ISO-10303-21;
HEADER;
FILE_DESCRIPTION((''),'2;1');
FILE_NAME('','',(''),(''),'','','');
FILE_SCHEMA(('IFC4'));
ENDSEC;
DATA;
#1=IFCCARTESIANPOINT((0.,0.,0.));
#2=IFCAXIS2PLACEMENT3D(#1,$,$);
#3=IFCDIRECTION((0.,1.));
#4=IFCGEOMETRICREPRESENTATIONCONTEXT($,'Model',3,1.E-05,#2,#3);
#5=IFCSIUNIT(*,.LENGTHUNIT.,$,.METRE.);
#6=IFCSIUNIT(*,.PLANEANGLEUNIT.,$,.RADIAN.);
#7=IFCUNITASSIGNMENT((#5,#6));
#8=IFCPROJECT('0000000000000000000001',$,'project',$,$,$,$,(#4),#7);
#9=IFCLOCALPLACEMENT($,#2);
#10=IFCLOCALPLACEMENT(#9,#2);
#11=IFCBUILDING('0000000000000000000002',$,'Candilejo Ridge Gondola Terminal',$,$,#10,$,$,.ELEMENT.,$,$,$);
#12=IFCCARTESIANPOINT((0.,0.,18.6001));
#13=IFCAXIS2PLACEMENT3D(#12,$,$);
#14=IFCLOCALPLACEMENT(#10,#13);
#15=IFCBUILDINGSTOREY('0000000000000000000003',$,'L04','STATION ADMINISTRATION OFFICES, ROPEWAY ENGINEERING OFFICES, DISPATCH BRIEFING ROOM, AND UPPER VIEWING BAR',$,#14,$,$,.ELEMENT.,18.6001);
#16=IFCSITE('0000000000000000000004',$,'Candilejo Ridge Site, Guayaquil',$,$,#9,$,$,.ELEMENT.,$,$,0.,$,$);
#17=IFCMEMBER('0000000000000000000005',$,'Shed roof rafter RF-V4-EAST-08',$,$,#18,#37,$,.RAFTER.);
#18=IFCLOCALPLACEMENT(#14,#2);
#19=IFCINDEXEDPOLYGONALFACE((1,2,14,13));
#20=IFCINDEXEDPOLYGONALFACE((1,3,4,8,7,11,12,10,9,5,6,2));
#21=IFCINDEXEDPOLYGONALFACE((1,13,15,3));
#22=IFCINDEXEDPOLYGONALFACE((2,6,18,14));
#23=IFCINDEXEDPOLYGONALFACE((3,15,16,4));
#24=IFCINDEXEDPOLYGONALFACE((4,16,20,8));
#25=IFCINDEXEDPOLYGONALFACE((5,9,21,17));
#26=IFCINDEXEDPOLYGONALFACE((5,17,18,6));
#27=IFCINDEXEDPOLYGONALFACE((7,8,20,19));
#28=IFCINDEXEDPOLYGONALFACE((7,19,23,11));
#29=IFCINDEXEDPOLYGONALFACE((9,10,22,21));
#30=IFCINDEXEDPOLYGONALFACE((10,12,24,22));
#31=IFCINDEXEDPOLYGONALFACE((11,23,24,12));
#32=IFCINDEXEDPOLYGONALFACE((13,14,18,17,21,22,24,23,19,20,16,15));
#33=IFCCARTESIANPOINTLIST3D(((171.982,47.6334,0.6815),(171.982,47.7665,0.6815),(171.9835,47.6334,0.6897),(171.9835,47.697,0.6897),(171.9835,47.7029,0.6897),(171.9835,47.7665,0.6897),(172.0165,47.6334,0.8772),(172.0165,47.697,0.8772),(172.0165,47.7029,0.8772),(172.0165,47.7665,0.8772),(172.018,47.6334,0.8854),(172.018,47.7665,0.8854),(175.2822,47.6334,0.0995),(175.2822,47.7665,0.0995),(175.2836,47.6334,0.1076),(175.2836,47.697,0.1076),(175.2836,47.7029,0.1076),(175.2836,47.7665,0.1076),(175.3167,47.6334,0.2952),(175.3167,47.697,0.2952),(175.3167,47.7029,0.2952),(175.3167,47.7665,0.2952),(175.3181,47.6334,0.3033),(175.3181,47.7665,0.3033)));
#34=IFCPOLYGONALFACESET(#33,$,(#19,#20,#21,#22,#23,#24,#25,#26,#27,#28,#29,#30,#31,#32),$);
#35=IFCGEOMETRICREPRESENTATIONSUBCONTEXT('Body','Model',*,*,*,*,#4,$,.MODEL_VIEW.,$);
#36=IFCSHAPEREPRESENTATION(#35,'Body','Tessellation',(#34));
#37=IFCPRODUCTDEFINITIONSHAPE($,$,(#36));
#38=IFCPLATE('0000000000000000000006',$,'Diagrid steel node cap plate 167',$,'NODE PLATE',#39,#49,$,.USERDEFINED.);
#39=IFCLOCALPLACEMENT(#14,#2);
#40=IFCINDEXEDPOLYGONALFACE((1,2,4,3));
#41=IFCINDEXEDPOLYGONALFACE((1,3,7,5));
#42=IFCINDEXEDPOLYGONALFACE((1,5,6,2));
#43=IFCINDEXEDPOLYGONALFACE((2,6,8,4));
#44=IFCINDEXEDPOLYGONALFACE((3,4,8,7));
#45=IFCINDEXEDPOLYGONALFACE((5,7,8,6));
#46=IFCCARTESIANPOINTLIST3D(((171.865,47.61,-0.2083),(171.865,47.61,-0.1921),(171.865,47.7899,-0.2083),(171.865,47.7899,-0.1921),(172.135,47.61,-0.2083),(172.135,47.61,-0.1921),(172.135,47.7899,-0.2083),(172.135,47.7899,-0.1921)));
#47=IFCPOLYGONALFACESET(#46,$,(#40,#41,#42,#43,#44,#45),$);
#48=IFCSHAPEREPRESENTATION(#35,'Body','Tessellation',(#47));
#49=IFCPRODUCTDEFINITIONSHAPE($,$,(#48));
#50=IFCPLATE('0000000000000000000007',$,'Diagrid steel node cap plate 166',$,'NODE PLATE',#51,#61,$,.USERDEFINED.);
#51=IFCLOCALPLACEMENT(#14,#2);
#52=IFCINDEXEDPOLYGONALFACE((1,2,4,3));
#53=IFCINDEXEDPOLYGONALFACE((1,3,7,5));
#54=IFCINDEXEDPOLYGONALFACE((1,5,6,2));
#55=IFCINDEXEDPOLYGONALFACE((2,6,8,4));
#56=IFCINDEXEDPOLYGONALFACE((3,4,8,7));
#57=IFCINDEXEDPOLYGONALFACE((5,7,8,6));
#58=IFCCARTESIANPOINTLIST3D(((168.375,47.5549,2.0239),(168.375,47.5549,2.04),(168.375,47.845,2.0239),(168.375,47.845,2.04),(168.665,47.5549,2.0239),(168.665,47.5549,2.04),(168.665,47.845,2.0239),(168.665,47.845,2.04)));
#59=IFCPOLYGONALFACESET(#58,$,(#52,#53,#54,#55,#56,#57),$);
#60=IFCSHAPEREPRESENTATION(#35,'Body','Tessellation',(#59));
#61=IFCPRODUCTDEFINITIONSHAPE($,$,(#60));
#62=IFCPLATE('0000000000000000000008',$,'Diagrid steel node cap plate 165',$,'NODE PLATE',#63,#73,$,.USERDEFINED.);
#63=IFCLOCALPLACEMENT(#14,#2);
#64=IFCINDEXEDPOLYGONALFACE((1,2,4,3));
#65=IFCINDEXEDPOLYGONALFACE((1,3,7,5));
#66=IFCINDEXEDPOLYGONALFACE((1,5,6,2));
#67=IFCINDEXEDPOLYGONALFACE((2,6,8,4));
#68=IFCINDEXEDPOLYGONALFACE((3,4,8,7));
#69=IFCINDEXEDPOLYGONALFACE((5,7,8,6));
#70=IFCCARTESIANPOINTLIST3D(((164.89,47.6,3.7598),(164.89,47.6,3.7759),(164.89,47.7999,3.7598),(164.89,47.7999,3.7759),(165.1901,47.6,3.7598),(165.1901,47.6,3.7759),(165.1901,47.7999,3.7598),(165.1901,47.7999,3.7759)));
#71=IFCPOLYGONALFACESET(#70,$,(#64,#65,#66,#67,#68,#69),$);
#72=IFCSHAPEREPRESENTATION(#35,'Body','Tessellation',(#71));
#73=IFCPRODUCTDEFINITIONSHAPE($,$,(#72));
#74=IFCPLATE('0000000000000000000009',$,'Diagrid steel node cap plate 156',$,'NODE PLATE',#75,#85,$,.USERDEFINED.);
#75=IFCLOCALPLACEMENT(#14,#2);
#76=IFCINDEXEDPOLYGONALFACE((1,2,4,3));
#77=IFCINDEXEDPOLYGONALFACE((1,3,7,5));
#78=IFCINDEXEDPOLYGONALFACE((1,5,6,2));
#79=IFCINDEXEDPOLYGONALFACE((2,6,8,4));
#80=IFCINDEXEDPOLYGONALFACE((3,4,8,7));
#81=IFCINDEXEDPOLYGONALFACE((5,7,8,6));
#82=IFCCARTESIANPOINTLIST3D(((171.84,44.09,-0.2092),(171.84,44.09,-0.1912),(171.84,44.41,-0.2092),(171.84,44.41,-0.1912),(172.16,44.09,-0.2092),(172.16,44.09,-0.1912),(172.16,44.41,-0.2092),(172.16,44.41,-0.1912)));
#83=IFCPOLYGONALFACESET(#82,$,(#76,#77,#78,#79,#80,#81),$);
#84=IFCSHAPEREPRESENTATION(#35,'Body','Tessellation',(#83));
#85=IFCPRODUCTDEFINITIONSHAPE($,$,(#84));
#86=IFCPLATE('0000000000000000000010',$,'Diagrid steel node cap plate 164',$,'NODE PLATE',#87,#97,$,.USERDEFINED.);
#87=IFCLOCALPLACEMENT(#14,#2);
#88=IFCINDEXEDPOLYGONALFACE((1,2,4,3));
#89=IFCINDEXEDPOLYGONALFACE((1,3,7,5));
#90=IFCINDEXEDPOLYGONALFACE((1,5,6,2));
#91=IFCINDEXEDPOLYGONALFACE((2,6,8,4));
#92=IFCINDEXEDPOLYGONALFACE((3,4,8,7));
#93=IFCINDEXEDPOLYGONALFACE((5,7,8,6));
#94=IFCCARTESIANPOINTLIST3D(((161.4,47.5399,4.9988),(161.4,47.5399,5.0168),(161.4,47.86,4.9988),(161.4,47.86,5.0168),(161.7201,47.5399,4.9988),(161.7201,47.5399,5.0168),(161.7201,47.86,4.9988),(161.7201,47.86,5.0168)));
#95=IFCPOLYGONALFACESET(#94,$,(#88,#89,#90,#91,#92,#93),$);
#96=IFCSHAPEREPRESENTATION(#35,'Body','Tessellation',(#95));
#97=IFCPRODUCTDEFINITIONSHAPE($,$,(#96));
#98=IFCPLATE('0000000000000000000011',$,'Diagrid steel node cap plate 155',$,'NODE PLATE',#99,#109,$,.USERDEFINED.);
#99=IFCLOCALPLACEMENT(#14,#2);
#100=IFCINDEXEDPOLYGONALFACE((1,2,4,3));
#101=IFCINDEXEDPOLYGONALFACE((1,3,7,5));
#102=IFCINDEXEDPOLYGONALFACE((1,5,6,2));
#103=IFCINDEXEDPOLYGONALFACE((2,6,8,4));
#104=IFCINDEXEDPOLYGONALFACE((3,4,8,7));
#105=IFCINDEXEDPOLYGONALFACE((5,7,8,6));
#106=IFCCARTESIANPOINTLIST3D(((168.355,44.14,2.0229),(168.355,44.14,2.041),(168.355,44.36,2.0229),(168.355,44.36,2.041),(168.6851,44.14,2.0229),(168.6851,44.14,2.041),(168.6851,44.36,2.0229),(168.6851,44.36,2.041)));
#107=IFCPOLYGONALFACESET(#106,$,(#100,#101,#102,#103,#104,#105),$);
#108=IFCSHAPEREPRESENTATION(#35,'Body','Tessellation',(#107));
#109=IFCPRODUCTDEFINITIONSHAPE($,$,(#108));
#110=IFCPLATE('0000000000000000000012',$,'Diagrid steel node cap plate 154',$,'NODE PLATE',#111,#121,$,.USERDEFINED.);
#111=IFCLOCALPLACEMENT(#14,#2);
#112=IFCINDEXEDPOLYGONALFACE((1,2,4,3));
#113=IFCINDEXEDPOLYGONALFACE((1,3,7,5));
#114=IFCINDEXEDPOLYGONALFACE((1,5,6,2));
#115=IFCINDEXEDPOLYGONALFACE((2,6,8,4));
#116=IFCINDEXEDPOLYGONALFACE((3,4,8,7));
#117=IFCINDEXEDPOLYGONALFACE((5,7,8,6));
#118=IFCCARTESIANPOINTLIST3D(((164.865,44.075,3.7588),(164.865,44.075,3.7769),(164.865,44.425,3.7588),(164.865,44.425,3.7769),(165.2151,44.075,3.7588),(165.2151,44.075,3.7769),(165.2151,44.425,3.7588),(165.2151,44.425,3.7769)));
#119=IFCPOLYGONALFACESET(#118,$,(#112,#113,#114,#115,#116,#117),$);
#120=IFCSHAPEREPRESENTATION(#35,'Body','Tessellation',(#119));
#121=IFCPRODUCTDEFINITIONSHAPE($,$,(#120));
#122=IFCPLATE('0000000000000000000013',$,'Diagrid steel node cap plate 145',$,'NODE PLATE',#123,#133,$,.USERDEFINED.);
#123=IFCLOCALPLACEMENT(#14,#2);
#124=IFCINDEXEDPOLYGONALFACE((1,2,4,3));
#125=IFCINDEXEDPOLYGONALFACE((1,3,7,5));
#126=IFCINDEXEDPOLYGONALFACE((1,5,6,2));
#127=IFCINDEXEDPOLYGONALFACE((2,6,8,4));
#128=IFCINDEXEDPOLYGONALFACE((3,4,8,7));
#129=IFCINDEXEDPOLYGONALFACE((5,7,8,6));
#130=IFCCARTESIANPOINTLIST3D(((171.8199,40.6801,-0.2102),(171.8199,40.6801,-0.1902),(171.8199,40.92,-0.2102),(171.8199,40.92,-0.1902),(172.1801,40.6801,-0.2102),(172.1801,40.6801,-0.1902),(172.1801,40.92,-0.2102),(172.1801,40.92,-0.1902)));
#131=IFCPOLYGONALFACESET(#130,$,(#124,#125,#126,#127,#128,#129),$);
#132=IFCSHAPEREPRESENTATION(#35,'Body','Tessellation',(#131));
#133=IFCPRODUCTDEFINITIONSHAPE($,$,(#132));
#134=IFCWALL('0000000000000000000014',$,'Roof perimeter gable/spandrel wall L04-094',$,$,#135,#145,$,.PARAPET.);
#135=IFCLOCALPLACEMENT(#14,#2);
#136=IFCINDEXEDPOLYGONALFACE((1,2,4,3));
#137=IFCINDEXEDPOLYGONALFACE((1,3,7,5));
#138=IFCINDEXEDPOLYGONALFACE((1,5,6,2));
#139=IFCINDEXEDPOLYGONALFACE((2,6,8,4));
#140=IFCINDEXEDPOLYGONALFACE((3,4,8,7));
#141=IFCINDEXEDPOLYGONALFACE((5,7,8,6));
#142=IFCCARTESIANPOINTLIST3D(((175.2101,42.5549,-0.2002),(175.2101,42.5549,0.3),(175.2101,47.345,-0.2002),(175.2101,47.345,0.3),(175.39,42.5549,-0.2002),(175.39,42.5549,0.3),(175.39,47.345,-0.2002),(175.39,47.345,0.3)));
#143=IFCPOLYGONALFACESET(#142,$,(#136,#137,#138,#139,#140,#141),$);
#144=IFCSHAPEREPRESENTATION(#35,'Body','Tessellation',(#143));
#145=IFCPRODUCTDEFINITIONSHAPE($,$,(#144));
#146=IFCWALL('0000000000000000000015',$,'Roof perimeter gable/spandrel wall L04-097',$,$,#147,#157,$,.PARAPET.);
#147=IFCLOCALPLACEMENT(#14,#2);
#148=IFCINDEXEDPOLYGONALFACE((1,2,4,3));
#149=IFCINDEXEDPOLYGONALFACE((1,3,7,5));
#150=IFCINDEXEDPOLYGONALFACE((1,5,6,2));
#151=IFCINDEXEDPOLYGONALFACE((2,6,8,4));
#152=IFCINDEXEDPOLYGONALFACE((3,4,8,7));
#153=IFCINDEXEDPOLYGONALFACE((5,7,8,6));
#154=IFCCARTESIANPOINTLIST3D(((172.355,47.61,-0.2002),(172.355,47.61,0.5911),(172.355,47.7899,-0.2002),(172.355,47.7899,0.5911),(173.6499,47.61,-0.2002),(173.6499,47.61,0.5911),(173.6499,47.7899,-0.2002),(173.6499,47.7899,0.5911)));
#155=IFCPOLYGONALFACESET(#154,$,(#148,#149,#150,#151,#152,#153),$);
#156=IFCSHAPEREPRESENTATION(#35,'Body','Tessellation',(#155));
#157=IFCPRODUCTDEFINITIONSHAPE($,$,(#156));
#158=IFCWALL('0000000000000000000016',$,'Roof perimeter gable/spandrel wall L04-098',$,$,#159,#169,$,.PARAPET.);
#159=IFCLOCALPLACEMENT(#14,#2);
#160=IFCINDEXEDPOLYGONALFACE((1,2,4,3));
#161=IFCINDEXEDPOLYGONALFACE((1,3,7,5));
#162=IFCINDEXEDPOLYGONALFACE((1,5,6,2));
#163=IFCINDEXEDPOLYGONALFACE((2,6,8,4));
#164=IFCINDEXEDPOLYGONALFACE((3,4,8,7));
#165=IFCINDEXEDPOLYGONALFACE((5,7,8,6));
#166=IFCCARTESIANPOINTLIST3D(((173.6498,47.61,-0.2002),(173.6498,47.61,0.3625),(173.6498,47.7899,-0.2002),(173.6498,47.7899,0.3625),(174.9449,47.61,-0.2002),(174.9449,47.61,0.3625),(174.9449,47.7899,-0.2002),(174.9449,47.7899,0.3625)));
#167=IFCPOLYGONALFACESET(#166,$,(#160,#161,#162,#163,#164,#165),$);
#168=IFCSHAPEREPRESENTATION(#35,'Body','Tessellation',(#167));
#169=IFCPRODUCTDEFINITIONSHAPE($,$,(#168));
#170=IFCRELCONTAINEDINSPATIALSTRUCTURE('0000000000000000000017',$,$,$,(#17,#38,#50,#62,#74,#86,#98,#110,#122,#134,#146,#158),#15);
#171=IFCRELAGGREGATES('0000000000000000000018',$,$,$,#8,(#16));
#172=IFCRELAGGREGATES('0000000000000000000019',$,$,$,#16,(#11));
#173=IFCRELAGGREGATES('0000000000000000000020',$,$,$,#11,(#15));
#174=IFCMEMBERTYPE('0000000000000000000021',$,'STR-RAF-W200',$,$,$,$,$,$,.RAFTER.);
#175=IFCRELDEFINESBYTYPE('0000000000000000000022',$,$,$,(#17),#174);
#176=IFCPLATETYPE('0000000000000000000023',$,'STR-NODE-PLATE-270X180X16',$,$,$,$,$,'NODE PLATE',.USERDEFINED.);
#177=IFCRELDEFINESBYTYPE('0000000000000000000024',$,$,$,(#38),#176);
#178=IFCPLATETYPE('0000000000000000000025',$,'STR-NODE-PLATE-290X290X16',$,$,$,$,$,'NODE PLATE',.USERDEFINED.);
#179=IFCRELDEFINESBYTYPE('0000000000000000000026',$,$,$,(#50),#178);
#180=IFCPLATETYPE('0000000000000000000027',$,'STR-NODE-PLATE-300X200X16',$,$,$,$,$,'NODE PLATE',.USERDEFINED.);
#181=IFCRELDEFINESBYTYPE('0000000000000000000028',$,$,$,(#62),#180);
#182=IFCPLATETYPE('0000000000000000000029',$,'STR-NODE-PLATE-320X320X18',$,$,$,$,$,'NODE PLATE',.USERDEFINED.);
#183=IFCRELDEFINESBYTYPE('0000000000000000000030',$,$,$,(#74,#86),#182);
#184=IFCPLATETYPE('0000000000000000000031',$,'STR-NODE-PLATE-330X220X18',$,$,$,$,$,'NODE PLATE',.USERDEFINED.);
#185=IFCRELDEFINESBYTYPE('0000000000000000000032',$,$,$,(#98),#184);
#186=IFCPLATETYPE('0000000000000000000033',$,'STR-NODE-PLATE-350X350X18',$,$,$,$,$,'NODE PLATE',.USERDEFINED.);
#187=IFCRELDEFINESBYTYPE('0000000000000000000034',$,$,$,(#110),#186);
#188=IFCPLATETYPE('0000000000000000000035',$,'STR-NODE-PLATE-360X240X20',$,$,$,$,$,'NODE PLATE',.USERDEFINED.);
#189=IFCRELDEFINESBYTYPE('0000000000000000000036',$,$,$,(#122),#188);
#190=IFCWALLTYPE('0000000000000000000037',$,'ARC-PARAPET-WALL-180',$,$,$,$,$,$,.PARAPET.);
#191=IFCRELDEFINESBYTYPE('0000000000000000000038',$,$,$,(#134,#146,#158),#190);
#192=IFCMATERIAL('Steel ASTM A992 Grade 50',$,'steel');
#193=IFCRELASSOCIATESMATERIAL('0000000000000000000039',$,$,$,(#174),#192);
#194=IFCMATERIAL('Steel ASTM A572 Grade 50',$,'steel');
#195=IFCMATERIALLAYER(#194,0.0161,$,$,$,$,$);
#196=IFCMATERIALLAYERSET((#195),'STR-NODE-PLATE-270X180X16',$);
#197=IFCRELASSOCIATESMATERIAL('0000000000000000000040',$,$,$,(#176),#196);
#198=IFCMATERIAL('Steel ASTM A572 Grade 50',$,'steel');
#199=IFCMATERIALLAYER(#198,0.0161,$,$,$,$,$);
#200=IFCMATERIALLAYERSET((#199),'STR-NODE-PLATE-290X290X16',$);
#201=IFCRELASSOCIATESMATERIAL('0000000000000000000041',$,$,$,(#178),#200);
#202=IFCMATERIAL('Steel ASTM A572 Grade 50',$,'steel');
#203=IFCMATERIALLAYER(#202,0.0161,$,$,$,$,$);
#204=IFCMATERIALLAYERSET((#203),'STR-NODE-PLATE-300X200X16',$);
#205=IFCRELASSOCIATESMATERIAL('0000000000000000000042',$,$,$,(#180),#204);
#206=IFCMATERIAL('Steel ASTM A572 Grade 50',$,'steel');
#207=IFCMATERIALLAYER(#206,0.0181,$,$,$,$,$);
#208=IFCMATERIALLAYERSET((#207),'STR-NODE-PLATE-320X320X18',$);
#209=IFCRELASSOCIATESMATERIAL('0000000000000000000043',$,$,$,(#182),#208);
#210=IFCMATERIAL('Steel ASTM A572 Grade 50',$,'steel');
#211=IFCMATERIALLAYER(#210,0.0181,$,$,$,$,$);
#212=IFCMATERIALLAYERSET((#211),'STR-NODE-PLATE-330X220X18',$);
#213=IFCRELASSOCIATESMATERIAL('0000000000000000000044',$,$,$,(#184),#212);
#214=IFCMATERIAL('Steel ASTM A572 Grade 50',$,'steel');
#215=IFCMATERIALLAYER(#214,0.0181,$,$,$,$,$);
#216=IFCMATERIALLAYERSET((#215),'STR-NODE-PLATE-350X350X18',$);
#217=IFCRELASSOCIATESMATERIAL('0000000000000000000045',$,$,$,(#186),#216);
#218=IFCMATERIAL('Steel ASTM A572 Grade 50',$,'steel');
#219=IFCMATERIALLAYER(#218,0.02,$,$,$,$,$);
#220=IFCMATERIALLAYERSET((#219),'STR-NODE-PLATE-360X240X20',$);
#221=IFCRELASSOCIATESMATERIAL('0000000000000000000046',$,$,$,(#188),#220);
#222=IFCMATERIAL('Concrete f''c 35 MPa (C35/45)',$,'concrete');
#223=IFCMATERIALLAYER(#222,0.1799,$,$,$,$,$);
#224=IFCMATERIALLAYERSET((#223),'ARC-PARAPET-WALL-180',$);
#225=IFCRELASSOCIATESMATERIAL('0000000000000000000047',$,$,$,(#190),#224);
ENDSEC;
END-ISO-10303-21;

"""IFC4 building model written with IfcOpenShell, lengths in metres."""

from ifc_helpers import new_model, si_unit, direction, frame, frame_2d, origin, origin_2d, place, context, subcontext, project, spatial, rectangle, i_section, extrude, material, layer, layer_set, material_profile, profile_set, type_object, element, save


model = new_model("IFC4")

# Units and contexts
model_context = context("Model", 3, precision=1e-05, world=origin(), true_north=direction((0.0, 1.0)))
body_context = subcontext(model_context, "Body", "Model", "MODEL_VIEW")
ifc_project = project(units=[si_unit("LENGTHUNIT", "METRE"), si_unit("PLANEANGLEUNIT", "RADIAN")], contexts=[model_context])

# Site, building, storey
site_placement = place(None, origin())
site = spatial("IfcSite", under=ifc_project, at=site_placement, Name="Candilejo Ridge Site, Guayaquil", CompositionType="ELEMENT", RefElevation=0.0)
building_placement = place(site_placement, origin())
building = spatial("IfcBuilding", under=site, at=building_placement, Name="Candilejo Ridge Gondola Terminal", CompositionType="ELEMENT")
storey_placement = place(building_placement, frame((0.0, 0.0, 18.6001)))
storey = spatial("IfcBuildingStorey", under=building, at=storey_placement, Name="L04", Description="STATION ADMINISTRATION OFFICES, ROPEWAY ENGINEERING OFFICES, DISPATCH BRIEFING ROOM, AND UPPER VIEWING BAR", CompositionType="ELEMENT", Elevation=18.6001)

# Member
ifc_material_1 = material(Name="Steel ASTM A992 Grade 50", Category="steel")
ifc_material_profile_1 = material_profile(ifc_material_1, i_section(OverallWidth=0.1331, OverallDepth=0.207, WebThickness=0.0059, FlangeThickness=0.0083, at=origin_2d()))
ifc_profile_set_1 = profile_set([ifc_material_profile_1], Name="Steel ASTM A992 Grade 50")
member_type_1 = type_object("IfcMemberType", Name="STR-RAF-W200", PredefinedType="RAFTER", material=ifc_profile_set_1)
for number, where, z_axis, x_axis, name in (
    (1, (172.0, 47.7, 0.7834), (0.9848, 0.0, -0.17369), (0.0, 1.0, 0.0), "Shed roof rafter RF-V4-EAST-08"),
):
    element("IfcMember", number, at=place(storey_placement, frame(where, z_axis=z_axis, x_axis=x_axis)), inside=storey, type_object=member_type_1, Name=name, PredefinedType="RAFTER", context=body_context, shape_type="SweptSolid", body=[
        extrude(i_section(OverallWidth=0.1331, OverallDepth=0.207, WebThickness=0.0059, FlangeThickness=0.0083, at=origin_2d()), origin(), (0.0, 0.0, 1.0), 3.3511),
    ])

# Plates
ifc_material_2 = material(Name="Steel ASTM A572 Grade 50", Category="steel")
ifc_layer_1 = layer(ifc_material_2, 0.0161)
ifc_layer_set_1 = layer_set([ifc_layer_1], Name="STR-NODE-PLATE-270X180X16")
plate_type_1 = type_object("IfcPlateType", Name="STR-NODE-PLATE-270X180X16", ElementType="NODE PLATE", PredefinedType="USERDEFINED", material=ifc_layer_set_1)
plate_1_placement = place(storey_placement, frame((172.0, 47.7, -0.2083), z_axis=(0.0, 0.0, 1.0), x_axis=(1.0, 0.0, 0.0)))
element("IfcPlate", 2, at=plate_1_placement, inside=storey, type_object=plate_type_1, Name="Diagrid steel node cap plate 167", ObjectType="NODE PLATE", PredefinedType="USERDEFINED", context=body_context, shape_type="SweptSolid", body=[
    extrude(rectangle(XDim=0.27, YDim=0.1799, at=origin_2d()), origin(), (0.0, 0.0, 1.0), 0.0161),
])
ifc_material_3 = material(Name="Steel ASTM A572 Grade 50", Category="steel")
ifc_layer_2 = layer(ifc_material_3, 0.0161)
ifc_layer_set_2 = layer_set([ifc_layer_2], Name="STR-NODE-PLATE-290X290X16")
plate_type_2 = type_object("IfcPlateType", Name="STR-NODE-PLATE-290X290X16", ElementType="NODE PLATE", PredefinedType="USERDEFINED", material=ifc_layer_set_2)
plate_2_placement = place(storey_placement, frame((168.52, 47.7, 2.0239), z_axis=(0.0, 0.0, 1.0), x_axis=(1.0, 0.0, 0.0)))
element("IfcPlate", 3, at=plate_2_placement, inside=storey, type_object=plate_type_2, Name="Diagrid steel node cap plate 166", ObjectType="NODE PLATE", PredefinedType="USERDEFINED", context=body_context, shape_type="SweptSolid", body=[
    extrude(rectangle(XDim=0.29, YDim=0.29, at=origin_2d()), origin(), (0.0, 0.0, 1.0), 0.0161),
])
ifc_material_4 = material(Name="Steel ASTM A572 Grade 50", Category="steel")
ifc_layer_3 = layer(ifc_material_4, 0.0161)
ifc_layer_set_3 = layer_set([ifc_layer_3], Name="STR-NODE-PLATE-300X200X16")
plate_type_3 = type_object("IfcPlateType", Name="STR-NODE-PLATE-300X200X16", ElementType="NODE PLATE", PredefinedType="USERDEFINED", material=ifc_layer_set_3)
plate_3_placement = place(storey_placement, frame((165.04, 47.7, 3.7598), z_axis=(0.0, 0.0, 1.0), x_axis=(1.0, 0.0, 0.0)))
element("IfcPlate", 4, at=plate_3_placement, inside=storey, type_object=plate_type_3, Name="Diagrid steel node cap plate 165", ObjectType="NODE PLATE", PredefinedType="USERDEFINED", context=body_context, shape_type="SweptSolid", body=[
    extrude(rectangle(XDim=0.3, YDim=0.2, at=origin_2d()), origin(), (0.0, 0.0, 1.0), 0.0161),
])
ifc_material_5 = material(Name="Steel ASTM A572 Grade 50", Category="steel")
ifc_layer_4 = layer(ifc_material_5, 0.0181)
ifc_layer_set_4 = layer_set([ifc_layer_4], Name="STR-NODE-PLATE-320X320X18")
plate_type_4 = type_object("IfcPlateType", Name="STR-NODE-PLATE-320X320X18", ElementType="NODE PLATE", PredefinedType="USERDEFINED", material=ifc_layer_set_4)
for number, where, z_axis, x_axis, name in (
    (5, (172.0, 44.25, -0.2092), (0.0, 0.0, 1.0), (1.0, 0.0, 0.0), "Diagrid steel node cap plate 156"),
    (6, (161.5601, 47.7, 4.9988), (0.0, 0.0, 1.0), (1.0, 0.0, 0.0), "Diagrid steel node cap plate 164"),
):
    element("IfcPlate", number, at=place(storey_placement, frame(where, z_axis=z_axis, x_axis=x_axis)), inside=storey, type_object=plate_type_4, Name=name, ObjectType="NODE PLATE", PredefinedType="USERDEFINED", context=body_context, shape_type="SweptSolid", body=[
        extrude(rectangle(XDim=0.3201, YDim=0.3201, at=origin_2d()), origin(), (0.0, 0.0, 1.0), 0.0181),
    ])
ifc_material_6 = material(Name="Steel ASTM A572 Grade 50", Category="steel")
ifc_layer_5 = layer(ifc_material_6, 0.0181)
ifc_layer_set_5 = layer_set([ifc_layer_5], Name="STR-NODE-PLATE-330X220X18")
plate_type_5 = type_object("IfcPlateType", Name="STR-NODE-PLATE-330X220X18", ElementType="NODE PLATE", PredefinedType="USERDEFINED", material=ifc_layer_set_5)
plate_4_placement = place(storey_placement, frame((168.52, 44.25, 2.0229), z_axis=(0.0, 0.0, 1.0), x_axis=(1.0, 0.0, 0.0)))
element("IfcPlate", 7, at=plate_4_placement, inside=storey, type_object=plate_type_5, Name="Diagrid steel node cap plate 155", ObjectType="NODE PLATE", PredefinedType="USERDEFINED", context=body_context, shape_type="SweptSolid", body=[
    extrude(rectangle(XDim=0.3301, YDim=0.22, at=origin_2d()), origin(), (0.0, 0.0, 1.0), 0.0181),
])
ifc_material_7 = material(Name="Steel ASTM A572 Grade 50", Category="steel")
ifc_layer_6 = layer(ifc_material_7, 0.0181)
ifc_layer_set_6 = layer_set([ifc_layer_6], Name="STR-NODE-PLATE-350X350X18")
plate_type_6 = type_object("IfcPlateType", Name="STR-NODE-PLATE-350X350X18", ElementType="NODE PLATE", PredefinedType="USERDEFINED", material=ifc_layer_set_6)
plate_5_placement = place(storey_placement, frame((165.04, 44.25, 3.7588), z_axis=(0.0, 0.0, 1.0), x_axis=(1.0, 0.0, 0.0)))
element("IfcPlate", 8, at=plate_5_placement, inside=storey, type_object=plate_type_6, Name="Diagrid steel node cap plate 154", ObjectType="NODE PLATE", PredefinedType="USERDEFINED", context=body_context, shape_type="SweptSolid", body=[
    extrude(rectangle(XDim=0.3501, YDim=0.3501, at=origin_2d()), origin(), (0.0, 0.0, 1.0), 0.0181),
])
ifc_material_8 = material(Name="Steel ASTM A572 Grade 50", Category="steel")
ifc_layer_7 = layer(ifc_material_8, 0.02)
ifc_layer_set_7 = layer_set([ifc_layer_7], Name="STR-NODE-PLATE-360X240X20")
plate_type_7 = type_object("IfcPlateType", Name="STR-NODE-PLATE-360X240X20", ElementType="NODE PLATE", PredefinedType="USERDEFINED", material=ifc_layer_set_7)
plate_6_placement = place(storey_placement, frame((172.0, 40.8, -0.2102), z_axis=(0.0, 0.0, 1.0), x_axis=(1.0, 0.0, 0.0)))
element("IfcPlate", 9, at=plate_6_placement, inside=storey, type_object=plate_type_7, Name="Diagrid steel node cap plate 145", ObjectType="NODE PLATE", PredefinedType="USERDEFINED", context=body_context, shape_type="SweptSolid", body=[
    extrude(rectangle(XDim=0.3601, YDim=0.24, at=origin_2d()), origin(), (0.0, 0.0, 1.0), 0.02),
])

# Walls
ifc_material_9 = material(Name="Concrete f'c 35 MPa (C35/45)", Category="concrete")
ifc_layer_8 = layer(ifc_material_9, 0.1799)
ifc_layer_set_8 = layer_set([ifc_layer_8], Name="ARC-PARAPET-WALL-180")
wall_type = type_object("IfcWallType", Name="ARC-PARAPET-WALL-180", PredefinedType="PARAPET", material=ifc_layer_set_8)
wall_1_placement = place(storey_placement, frame((175.3, 42.5549, -0.2002), z_axis=(0.0, 0.0, 1.0), x_axis=(0.0, 1.0, 0.0)))
element("IfcWall", 10, at=wall_1_placement, inside=storey, type_object=wall_type, Name="Roof perimeter gable/spandrel wall L04-094", PredefinedType="PARAPET", context=body_context, shape_type="SweptSolid", body=[
    extrude(rectangle(XDim=4.79, YDim=0.1799, at=frame_2d((2.395, 0.0))), origin(), (0.0, 0.0, 1.0), 0.5002),
])
wall_2_placement = place(storey_placement, frame((172.355, 47.7, -0.2002), z_axis=(0.0, 0.0, 1.0), x_axis=(1.0, 0.0, 0.0)))
element("IfcWall", 11, at=wall_2_placement, inside=storey, type_object=wall_type, Name="Roof perimeter gable/spandrel wall L04-097", PredefinedType="PARAPET", context=body_context, shape_type="SweptSolid", body=[
    extrude(rectangle(XDim=1.2949, YDim=0.1799, at=frame_2d((0.6475, 0.0))), origin(), (0.0, 0.0, 1.0), 0.7913),
])
wall_3_placement = place(storey_placement, frame((173.6499, 47.7, -0.2002), z_axis=(0.0, 0.0, 1.0), x_axis=(1.0, 0.0, 0.0)))
element("IfcWall", 12, at=wall_3_placement, inside=storey, type_object=wall_type, Name="Roof perimeter gable/spandrel wall L04-098", PredefinedType="PARAPET", context=body_context, shape_type="SweptSolid", body=[
    extrude(rectangle(XDim=1.2952, YDim=0.1799, at=frame_2d((0.6475, 0.0))), origin(), (0.0, 0.0, 1.0), 0.5627),
])

save(model, "model.ifc")
